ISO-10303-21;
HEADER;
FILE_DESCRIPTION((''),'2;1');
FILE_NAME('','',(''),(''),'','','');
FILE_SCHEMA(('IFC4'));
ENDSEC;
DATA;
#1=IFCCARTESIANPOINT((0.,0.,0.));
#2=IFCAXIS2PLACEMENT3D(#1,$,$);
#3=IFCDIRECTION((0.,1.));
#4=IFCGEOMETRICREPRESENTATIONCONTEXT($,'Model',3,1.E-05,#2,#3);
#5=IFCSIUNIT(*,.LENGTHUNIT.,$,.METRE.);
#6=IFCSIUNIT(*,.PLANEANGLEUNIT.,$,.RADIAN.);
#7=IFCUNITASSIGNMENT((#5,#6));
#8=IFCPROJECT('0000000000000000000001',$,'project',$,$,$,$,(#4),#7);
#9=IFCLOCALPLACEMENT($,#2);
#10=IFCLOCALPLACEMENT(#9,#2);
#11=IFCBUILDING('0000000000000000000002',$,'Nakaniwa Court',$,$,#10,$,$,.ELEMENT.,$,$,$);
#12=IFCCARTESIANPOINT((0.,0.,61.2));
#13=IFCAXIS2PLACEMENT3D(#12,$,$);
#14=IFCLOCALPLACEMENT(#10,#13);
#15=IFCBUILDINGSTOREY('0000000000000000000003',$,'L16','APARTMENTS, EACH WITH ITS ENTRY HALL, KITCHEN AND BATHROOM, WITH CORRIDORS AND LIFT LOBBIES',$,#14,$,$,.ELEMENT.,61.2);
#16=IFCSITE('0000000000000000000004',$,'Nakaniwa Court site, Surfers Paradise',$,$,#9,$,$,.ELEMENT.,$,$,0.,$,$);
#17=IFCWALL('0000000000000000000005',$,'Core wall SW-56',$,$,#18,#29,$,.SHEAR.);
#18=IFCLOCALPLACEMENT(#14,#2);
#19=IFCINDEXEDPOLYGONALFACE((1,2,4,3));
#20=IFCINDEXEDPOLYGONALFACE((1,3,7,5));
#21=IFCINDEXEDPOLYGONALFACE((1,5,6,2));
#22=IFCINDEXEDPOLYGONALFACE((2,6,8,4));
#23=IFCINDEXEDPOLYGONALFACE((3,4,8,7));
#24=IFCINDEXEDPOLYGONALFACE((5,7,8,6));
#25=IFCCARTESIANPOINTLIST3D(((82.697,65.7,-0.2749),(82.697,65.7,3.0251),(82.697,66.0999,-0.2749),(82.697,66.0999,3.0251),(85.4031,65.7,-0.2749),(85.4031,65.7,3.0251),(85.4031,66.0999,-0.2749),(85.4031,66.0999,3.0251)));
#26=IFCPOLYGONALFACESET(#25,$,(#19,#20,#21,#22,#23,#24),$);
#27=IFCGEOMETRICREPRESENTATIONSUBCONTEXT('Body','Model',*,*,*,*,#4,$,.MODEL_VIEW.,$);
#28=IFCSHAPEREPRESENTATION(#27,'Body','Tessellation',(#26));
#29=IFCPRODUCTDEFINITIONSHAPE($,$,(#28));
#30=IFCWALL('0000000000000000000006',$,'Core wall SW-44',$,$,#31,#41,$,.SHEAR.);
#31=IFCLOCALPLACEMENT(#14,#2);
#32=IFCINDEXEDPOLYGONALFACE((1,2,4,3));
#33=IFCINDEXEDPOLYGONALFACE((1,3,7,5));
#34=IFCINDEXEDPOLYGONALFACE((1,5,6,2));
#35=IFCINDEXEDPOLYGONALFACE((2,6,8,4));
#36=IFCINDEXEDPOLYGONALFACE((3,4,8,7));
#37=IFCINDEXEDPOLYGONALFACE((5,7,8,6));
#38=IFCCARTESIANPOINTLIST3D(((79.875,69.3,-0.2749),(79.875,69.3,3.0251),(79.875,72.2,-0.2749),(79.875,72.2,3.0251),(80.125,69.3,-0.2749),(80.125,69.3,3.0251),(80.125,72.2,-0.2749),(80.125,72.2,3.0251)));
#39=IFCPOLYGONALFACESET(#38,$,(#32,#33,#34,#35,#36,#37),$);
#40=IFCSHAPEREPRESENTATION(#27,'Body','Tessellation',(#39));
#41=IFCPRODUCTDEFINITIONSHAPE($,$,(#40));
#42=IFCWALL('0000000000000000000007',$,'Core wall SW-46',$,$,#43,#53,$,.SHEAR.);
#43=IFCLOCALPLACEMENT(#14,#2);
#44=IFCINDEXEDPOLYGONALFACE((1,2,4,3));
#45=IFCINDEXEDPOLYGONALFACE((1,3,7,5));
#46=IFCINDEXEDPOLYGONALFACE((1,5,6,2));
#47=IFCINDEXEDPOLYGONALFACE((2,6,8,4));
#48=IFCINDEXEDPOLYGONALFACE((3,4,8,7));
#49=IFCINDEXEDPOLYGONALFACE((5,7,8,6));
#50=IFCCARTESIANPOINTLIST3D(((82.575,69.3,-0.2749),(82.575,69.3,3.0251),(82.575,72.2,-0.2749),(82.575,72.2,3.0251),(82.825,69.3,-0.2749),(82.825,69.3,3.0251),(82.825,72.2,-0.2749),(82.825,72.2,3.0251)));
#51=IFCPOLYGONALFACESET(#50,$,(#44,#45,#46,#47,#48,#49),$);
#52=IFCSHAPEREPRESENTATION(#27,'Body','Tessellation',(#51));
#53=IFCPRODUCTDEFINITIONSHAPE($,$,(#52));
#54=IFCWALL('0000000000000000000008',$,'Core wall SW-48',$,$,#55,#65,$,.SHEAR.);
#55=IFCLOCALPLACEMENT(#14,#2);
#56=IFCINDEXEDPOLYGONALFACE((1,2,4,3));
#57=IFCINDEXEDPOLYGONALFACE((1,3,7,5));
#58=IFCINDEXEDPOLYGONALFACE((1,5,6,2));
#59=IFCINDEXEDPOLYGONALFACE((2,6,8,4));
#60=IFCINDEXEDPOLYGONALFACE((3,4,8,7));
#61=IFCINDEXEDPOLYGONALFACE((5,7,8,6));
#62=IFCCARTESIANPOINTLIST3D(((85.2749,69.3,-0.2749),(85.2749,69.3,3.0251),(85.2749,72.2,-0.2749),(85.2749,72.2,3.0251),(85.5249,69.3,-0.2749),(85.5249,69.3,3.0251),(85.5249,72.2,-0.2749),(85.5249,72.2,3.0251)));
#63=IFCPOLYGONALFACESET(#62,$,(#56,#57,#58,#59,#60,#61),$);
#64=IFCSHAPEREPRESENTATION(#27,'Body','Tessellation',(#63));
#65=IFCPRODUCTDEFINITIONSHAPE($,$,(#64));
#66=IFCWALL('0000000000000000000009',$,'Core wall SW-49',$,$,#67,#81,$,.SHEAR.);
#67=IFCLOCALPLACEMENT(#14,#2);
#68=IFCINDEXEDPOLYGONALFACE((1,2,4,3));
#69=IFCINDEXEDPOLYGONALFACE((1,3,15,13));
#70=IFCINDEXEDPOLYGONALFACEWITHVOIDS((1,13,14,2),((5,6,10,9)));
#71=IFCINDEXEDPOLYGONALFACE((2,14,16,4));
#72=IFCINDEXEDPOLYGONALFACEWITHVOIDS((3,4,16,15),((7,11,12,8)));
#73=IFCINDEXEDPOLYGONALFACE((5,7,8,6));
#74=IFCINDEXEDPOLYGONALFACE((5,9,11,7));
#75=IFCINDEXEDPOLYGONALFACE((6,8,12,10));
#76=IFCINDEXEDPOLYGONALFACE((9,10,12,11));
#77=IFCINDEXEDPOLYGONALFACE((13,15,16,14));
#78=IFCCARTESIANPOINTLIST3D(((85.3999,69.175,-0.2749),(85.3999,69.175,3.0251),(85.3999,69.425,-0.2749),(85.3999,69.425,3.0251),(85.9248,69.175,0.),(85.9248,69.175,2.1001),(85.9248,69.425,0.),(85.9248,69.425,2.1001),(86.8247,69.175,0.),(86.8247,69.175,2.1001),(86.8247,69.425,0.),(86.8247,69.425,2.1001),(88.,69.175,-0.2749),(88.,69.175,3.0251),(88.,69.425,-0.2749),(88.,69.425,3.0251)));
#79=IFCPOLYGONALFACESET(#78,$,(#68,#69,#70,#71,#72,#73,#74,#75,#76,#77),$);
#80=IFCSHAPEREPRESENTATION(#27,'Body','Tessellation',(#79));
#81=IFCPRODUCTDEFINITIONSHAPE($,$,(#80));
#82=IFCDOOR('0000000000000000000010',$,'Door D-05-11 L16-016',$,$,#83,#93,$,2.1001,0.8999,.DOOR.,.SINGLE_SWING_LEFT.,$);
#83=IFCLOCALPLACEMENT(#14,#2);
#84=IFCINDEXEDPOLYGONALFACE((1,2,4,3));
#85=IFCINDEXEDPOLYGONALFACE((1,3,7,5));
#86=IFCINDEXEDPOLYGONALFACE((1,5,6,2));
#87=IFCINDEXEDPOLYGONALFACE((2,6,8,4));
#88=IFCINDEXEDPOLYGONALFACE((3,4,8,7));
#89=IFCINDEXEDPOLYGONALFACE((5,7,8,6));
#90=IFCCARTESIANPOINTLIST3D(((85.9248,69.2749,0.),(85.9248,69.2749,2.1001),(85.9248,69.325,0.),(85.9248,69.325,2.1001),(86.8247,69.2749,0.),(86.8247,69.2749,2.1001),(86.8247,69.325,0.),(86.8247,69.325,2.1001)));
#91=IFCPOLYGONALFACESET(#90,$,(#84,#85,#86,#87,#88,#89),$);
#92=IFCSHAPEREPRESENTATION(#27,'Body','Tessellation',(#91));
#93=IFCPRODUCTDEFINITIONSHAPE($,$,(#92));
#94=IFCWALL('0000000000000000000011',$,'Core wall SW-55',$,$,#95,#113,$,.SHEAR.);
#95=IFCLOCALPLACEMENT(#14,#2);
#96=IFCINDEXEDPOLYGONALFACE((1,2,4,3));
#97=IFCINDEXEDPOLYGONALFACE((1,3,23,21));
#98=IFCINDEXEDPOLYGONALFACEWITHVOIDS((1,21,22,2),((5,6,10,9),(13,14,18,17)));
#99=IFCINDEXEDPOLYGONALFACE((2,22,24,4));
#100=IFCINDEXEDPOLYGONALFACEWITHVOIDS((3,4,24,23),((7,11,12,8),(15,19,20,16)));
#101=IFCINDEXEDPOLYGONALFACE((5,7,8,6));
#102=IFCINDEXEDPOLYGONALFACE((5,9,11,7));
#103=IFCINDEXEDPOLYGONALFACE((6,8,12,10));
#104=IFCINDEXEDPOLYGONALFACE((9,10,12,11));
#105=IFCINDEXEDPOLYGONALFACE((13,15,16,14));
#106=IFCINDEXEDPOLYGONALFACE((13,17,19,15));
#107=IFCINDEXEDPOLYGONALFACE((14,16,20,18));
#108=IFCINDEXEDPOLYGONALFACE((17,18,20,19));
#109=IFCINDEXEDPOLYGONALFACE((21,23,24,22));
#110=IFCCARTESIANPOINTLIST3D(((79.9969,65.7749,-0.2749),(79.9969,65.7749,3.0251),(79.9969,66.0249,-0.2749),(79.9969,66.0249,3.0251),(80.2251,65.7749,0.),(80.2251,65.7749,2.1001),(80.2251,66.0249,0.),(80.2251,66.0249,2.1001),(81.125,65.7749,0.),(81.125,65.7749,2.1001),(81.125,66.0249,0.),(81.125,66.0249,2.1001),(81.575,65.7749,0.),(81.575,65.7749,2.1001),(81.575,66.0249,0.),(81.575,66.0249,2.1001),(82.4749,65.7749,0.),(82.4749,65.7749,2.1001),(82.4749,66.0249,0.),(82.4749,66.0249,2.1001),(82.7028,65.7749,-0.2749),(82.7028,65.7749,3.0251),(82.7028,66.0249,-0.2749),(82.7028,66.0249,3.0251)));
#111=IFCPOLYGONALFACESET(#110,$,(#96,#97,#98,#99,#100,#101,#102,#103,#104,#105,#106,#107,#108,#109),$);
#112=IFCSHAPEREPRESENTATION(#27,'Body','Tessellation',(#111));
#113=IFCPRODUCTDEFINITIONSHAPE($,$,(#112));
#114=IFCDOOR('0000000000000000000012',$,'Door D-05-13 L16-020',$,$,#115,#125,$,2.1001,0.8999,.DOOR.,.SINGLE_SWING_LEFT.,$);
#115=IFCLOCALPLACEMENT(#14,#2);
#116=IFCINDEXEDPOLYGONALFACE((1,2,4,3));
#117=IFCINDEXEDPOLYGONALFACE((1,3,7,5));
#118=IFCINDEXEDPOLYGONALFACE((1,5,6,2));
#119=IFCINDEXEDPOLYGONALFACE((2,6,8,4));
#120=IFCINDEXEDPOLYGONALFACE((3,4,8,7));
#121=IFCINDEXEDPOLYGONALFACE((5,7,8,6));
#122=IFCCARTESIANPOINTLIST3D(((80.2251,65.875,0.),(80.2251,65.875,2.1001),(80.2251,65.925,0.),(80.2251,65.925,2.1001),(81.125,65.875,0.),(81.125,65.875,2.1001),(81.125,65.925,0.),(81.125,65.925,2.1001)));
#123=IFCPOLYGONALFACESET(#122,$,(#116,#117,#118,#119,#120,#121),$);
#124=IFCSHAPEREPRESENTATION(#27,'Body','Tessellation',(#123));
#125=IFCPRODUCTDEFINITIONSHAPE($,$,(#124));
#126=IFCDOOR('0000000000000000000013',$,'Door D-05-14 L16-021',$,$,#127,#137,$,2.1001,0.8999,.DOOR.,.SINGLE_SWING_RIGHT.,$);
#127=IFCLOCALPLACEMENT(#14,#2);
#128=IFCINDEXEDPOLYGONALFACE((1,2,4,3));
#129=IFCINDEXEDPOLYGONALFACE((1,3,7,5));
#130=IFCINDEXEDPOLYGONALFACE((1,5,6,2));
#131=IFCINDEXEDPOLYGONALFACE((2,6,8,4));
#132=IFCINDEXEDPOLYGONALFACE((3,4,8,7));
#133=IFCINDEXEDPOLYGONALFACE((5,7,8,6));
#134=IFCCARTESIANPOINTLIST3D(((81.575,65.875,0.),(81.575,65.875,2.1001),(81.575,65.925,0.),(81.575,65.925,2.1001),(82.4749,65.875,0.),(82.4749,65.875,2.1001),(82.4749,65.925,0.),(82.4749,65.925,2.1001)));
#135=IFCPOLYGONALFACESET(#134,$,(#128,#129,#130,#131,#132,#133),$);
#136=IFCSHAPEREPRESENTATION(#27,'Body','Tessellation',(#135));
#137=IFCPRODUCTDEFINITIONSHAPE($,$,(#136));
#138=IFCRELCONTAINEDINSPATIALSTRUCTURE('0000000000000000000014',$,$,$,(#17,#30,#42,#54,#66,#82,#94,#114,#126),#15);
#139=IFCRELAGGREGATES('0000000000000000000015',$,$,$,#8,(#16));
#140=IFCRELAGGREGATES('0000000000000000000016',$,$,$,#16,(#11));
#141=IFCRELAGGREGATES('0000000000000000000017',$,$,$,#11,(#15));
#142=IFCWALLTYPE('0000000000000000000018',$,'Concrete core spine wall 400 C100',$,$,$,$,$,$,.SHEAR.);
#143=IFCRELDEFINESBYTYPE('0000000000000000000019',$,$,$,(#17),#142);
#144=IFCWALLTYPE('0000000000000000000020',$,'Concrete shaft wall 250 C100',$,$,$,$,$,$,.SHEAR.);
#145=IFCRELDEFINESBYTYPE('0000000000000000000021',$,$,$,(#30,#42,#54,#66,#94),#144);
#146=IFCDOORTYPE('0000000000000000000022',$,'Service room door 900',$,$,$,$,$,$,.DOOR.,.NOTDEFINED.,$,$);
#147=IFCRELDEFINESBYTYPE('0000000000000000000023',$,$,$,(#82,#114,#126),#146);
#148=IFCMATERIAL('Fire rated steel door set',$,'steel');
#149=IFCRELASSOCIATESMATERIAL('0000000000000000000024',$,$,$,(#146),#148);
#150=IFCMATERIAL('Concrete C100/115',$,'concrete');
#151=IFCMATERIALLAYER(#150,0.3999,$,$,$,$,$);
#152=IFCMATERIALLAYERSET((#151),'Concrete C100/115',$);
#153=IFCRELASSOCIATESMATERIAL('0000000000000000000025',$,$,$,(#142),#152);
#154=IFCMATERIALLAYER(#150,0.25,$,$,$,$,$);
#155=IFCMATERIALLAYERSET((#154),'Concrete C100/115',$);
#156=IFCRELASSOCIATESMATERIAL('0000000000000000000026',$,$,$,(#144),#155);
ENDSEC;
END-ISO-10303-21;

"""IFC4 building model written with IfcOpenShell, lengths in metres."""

from ifc_helpers import new_model, si_unit, direction, frame, frame_2d, origin, place, context, subcontext, project, spatial, rectangle, extrude, material, layer, layer_set, type_object, element, fill, save


model = new_model("IFC4")

# Units and contexts
model_context = context("Model", 3, precision=1e-05, world=origin(), true_north=direction((0.0, 1.0)))
body_context = subcontext(model_context, "Body", "Model", "MODEL_VIEW")
ifc_project = project(units=[si_unit("LENGTHUNIT", "METRE"), si_unit("PLANEANGLEUNIT", "RADIAN")], contexts=[model_context])

# Site, building, storey
site_placement = place(None, origin())
site = spatial("IfcSite", under=ifc_project, at=site_placement, Name="Nakaniwa Court site, Surfers Paradise", CompositionType="ELEMENT", RefElevation=0.0)
building_placement = place(site_placement, origin())
building = spatial("IfcBuilding", under=site, at=building_placement, Name="Nakaniwa Court", CompositionType="ELEMENT")
storey_placement = place(building_placement, frame((0.0, 0.0, 61.2)))
storey = spatial("IfcBuildingStorey", under=building, at=storey_placement, Name="L16", Description="APARTMENTS, EACH WITH ITS ENTRY HALL, KITCHEN AND BATHROOM, WITH CORRIDORS AND LIFT LOBBIES", CompositionType="ELEMENT", Elevation=61.2)

# Shared definitions
ifc_material_1 = material(Name="Concrete C100/115", Category="concrete")

# Shared definitions
ifc_material_2 = material(Name="Fire rated steel door set", Category="steel")
door_type_1 = type_object("IfcDoorType", Name="Service room door 900", OperationType="NOTDEFINED", PredefinedType="DOOR", material=ifc_material_2)

# Walls
ifc_layer_1 = layer(ifc_material_1, 0.3999)
ifc_layer_set_1 = layer_set([ifc_layer_1], Name="Concrete C100/115")
wall_type_1 = type_object("IfcWallType", Name="Concrete core spine wall 400 C100", PredefinedType="SHEAR", material=ifc_layer_set_1)
wall_1_placement = place(storey_placement, frame((82.697, 65.8999, -0.2749), z_axis=(0.0, 0.0, 1.0), x_axis=(1.0, 0.0, 0.0)))
element("IfcWall", 1, at=wall_1_placement, inside=storey, type_object=wall_type_1, Name="Core wall SW-56", PredefinedType="SHEAR", context=body_context, shape_type="SweptSolid", body=[
    extrude(rectangle(XDim=2.7061, YDim=0.3999, at=frame_2d((1.353, 0.0))), origin(), (0.0, 0.0, 1.0), 3.3),
])
ifc_layer_2 = layer(ifc_material_1, 0.25)
ifc_layer_set_2 = layer_set([ifc_layer_2], Name="Concrete C100/115")
wall_type_2 = type_object("IfcWallType", Name="Concrete shaft wall 250 C100", PredefinedType="SHEAR", material=ifc_layer_set_2)
for number, where, z_axis, x_axis, name in (
    (2, (80.0, 69.3, -0.2749), (0.0, 0.0, 1.0), (0.0, 1.0, 0.0), "Core wall SW-44"),
    (3, (82.7, 69.3, -0.2749), (0.0, 0.0, 1.0), (0.0, 1.0, 0.0), "Core wall SW-46"),
    (4, (85.3999, 69.3, -0.2749), (0.0, 0.0, 1.0), (0.0, 1.0, 0.0), "Core wall SW-48"),
):
    element("IfcWall", number, at=place(storey_placement, frame(where, z_axis=z_axis, x_axis=x_axis)), inside=storey, type_object=wall_type_2, Name=name, PredefinedType="SHEAR", context=body_context, shape_type="SweptSolid", body=[
        extrude(rectangle(XDim=2.8999, YDim=0.25, at=frame_2d((1.45, 0.0))), origin(), (0.0, 0.0, 1.0), 3.3),
    ])

# Wall, opening, door
wall_2_placement = place(storey_placement, frame((85.3999, 69.3, -0.2749), z_axis=(0.0, 0.0, 1.0), x_axis=(1.0, 0.0, 0.0)))
wall_2 = element("IfcWall", 5, at=wall_2_placement, inside=storey, type_object=wall_type_2, Name="Core wall SW-49", PredefinedType="SHEAR", context=body_context, shape_type="SweptSolid", body=[
    extrude(rectangle(XDim=2.6001, YDim=0.25, at=frame_2d((1.3, 0.0))), origin(), (0.0, 0.0, 1.0), 3.3),
])
opening_1_placement = place(wall_2_placement, frame((0.5249, 0.0, 0.2749)))
opening_1 = element("IfcOpeningElement", 6, at=opening_1_placement, cuts=wall_2, PredefinedType="OPENING", context=body_context, shape_type="SweptSolid", body=[
    extrude(rectangle(XDim=0.8999, YDim=2.1001, at=frame_2d((0.45, 1.05))), frame((0.0, 0.135, 0.0), z_axis=(0.0, -1.0, 0.0), x_axis=(1.0, 0.0, 0.0)), (0.0, 0.0, 1.0), 0.27),
])
door_1_placement = place(opening_1_placement, origin())
door_1 = element("IfcDoor", 7, at=door_1_placement, inside=storey, type_object=door_type_1, Name="Door D-05-11 L16-016", OperationType="SINGLE_SWING_LEFT", OverallHeight=2.1001, OverallWidth=0.8999, PredefinedType="DOOR", context=body_context, shape_type="SweptSolid", body=[
    extrude(rectangle(XDim=0.8999, YDim=2.1001, at=frame_2d((0.45, 1.05))), frame((0.0, 0.0249, 0.0), z_axis=(0.0, -1.0, 0.0), x_axis=(1.0, 0.0, 0.0)), (0.0, 0.0, 1.0), 0.05),
])
fill(opening_1, door_1)

# Wall, openings, doors
wall_3_placement = place(storey_placement, frame((82.7029, 65.8999, -0.2749), z_axis=(0.0, 0.0, 1.0), x_axis=(-1.0, 0.0, 0.0)))
wall_3 = element("IfcWall", 8, at=wall_3_placement, inside=storey, type_object=wall_type_2, Name="Core wall SW-55", PredefinedType="SHEAR", context=body_context, shape_type="SweptSolid", body=[
    extrude(rectangle(XDim=2.7058, YDim=0.25, at=frame_2d((1.353, 0.0))), origin(), (0.0, 0.0, 1.0), 3.3),
])
opening_2_placement = place(wall_3_placement, frame((1.5779, 0.0, 0.2749)))
opening_2 = element("IfcOpeningElement", 9, at=opening_2_placement, cuts=wall_3, PredefinedType="OPENING", context=body_context, shape_type="SweptSolid", body=[
    extrude(rectangle(XDim=0.8999, YDim=2.1001, at=frame_2d((0.45, 1.05))), frame((0.0, 0.135, 0.0), z_axis=(0.0, -1.0, 0.0), x_axis=(1.0, 0.0, 0.0)), (0.0, 0.0, 1.0), 0.27),
])
opening_3_placement = place(wall_3_placement, frame((0.228, 0.0, 0.2749)))
opening_3 = element("IfcOpeningElement", 10, at=opening_3_placement, cuts=wall_3, PredefinedType="OPENING", context=body_context, shape_type="SweptSolid", body=[
    extrude(rectangle(XDim=0.8999, YDim=2.1001, at=frame_2d((0.45, 1.05))), frame((0.0, 0.135, 0.0), z_axis=(0.0, -1.0, 0.0), x_axis=(1.0, 0.0, 0.0)), (0.0, 0.0, 1.0), 0.27),
])
door_2_placement = place(opening_2_placement, origin())
door_2 = element("IfcDoor", 11, at=door_2_placement, inside=storey, type_object=door_type_1, Name="Door D-05-13 L16-020", OperationType="SINGLE_SWING_LEFT", OverallHeight=2.1001, OverallWidth=0.8999, PredefinedType="DOOR", context=body_context, shape_type="SweptSolid", body=[
    extrude(rectangle(XDim=0.8999, YDim=2.1001, at=frame_2d((0.45, 1.05))), frame((0.0, 0.0249, 0.0), z_axis=(0.0, -1.0, 0.0), x_axis=(1.0, 0.0, 0.0)), (0.0, 0.0, 1.0), 0.05),
])
fill(opening_2, door_2)
door_3_placement = place(opening_3_placement, origin())
door_3 = element("IfcDoor", 12, at=door_3_placement, inside=storey, type_object=door_type_1, Name="Door D-05-14 L16-021", OperationType="SINGLE_SWING_RIGHT", OverallHeight=2.1001, OverallWidth=0.8999, PredefinedType="DOOR", context=body_context, shape_type="SweptSolid", body=[
    extrude(rectangle(XDim=0.8999, YDim=2.1001, at=frame_2d((0.45, 1.05))), frame((0.0, 0.0249, 0.0), z_axis=(0.0, -1.0, 0.0), x_axis=(1.0, 0.0, 0.0)), (0.0, 0.0, 1.0), 0.05),
])
fill(opening_3, door_3)

save(model, "model.ifc")
